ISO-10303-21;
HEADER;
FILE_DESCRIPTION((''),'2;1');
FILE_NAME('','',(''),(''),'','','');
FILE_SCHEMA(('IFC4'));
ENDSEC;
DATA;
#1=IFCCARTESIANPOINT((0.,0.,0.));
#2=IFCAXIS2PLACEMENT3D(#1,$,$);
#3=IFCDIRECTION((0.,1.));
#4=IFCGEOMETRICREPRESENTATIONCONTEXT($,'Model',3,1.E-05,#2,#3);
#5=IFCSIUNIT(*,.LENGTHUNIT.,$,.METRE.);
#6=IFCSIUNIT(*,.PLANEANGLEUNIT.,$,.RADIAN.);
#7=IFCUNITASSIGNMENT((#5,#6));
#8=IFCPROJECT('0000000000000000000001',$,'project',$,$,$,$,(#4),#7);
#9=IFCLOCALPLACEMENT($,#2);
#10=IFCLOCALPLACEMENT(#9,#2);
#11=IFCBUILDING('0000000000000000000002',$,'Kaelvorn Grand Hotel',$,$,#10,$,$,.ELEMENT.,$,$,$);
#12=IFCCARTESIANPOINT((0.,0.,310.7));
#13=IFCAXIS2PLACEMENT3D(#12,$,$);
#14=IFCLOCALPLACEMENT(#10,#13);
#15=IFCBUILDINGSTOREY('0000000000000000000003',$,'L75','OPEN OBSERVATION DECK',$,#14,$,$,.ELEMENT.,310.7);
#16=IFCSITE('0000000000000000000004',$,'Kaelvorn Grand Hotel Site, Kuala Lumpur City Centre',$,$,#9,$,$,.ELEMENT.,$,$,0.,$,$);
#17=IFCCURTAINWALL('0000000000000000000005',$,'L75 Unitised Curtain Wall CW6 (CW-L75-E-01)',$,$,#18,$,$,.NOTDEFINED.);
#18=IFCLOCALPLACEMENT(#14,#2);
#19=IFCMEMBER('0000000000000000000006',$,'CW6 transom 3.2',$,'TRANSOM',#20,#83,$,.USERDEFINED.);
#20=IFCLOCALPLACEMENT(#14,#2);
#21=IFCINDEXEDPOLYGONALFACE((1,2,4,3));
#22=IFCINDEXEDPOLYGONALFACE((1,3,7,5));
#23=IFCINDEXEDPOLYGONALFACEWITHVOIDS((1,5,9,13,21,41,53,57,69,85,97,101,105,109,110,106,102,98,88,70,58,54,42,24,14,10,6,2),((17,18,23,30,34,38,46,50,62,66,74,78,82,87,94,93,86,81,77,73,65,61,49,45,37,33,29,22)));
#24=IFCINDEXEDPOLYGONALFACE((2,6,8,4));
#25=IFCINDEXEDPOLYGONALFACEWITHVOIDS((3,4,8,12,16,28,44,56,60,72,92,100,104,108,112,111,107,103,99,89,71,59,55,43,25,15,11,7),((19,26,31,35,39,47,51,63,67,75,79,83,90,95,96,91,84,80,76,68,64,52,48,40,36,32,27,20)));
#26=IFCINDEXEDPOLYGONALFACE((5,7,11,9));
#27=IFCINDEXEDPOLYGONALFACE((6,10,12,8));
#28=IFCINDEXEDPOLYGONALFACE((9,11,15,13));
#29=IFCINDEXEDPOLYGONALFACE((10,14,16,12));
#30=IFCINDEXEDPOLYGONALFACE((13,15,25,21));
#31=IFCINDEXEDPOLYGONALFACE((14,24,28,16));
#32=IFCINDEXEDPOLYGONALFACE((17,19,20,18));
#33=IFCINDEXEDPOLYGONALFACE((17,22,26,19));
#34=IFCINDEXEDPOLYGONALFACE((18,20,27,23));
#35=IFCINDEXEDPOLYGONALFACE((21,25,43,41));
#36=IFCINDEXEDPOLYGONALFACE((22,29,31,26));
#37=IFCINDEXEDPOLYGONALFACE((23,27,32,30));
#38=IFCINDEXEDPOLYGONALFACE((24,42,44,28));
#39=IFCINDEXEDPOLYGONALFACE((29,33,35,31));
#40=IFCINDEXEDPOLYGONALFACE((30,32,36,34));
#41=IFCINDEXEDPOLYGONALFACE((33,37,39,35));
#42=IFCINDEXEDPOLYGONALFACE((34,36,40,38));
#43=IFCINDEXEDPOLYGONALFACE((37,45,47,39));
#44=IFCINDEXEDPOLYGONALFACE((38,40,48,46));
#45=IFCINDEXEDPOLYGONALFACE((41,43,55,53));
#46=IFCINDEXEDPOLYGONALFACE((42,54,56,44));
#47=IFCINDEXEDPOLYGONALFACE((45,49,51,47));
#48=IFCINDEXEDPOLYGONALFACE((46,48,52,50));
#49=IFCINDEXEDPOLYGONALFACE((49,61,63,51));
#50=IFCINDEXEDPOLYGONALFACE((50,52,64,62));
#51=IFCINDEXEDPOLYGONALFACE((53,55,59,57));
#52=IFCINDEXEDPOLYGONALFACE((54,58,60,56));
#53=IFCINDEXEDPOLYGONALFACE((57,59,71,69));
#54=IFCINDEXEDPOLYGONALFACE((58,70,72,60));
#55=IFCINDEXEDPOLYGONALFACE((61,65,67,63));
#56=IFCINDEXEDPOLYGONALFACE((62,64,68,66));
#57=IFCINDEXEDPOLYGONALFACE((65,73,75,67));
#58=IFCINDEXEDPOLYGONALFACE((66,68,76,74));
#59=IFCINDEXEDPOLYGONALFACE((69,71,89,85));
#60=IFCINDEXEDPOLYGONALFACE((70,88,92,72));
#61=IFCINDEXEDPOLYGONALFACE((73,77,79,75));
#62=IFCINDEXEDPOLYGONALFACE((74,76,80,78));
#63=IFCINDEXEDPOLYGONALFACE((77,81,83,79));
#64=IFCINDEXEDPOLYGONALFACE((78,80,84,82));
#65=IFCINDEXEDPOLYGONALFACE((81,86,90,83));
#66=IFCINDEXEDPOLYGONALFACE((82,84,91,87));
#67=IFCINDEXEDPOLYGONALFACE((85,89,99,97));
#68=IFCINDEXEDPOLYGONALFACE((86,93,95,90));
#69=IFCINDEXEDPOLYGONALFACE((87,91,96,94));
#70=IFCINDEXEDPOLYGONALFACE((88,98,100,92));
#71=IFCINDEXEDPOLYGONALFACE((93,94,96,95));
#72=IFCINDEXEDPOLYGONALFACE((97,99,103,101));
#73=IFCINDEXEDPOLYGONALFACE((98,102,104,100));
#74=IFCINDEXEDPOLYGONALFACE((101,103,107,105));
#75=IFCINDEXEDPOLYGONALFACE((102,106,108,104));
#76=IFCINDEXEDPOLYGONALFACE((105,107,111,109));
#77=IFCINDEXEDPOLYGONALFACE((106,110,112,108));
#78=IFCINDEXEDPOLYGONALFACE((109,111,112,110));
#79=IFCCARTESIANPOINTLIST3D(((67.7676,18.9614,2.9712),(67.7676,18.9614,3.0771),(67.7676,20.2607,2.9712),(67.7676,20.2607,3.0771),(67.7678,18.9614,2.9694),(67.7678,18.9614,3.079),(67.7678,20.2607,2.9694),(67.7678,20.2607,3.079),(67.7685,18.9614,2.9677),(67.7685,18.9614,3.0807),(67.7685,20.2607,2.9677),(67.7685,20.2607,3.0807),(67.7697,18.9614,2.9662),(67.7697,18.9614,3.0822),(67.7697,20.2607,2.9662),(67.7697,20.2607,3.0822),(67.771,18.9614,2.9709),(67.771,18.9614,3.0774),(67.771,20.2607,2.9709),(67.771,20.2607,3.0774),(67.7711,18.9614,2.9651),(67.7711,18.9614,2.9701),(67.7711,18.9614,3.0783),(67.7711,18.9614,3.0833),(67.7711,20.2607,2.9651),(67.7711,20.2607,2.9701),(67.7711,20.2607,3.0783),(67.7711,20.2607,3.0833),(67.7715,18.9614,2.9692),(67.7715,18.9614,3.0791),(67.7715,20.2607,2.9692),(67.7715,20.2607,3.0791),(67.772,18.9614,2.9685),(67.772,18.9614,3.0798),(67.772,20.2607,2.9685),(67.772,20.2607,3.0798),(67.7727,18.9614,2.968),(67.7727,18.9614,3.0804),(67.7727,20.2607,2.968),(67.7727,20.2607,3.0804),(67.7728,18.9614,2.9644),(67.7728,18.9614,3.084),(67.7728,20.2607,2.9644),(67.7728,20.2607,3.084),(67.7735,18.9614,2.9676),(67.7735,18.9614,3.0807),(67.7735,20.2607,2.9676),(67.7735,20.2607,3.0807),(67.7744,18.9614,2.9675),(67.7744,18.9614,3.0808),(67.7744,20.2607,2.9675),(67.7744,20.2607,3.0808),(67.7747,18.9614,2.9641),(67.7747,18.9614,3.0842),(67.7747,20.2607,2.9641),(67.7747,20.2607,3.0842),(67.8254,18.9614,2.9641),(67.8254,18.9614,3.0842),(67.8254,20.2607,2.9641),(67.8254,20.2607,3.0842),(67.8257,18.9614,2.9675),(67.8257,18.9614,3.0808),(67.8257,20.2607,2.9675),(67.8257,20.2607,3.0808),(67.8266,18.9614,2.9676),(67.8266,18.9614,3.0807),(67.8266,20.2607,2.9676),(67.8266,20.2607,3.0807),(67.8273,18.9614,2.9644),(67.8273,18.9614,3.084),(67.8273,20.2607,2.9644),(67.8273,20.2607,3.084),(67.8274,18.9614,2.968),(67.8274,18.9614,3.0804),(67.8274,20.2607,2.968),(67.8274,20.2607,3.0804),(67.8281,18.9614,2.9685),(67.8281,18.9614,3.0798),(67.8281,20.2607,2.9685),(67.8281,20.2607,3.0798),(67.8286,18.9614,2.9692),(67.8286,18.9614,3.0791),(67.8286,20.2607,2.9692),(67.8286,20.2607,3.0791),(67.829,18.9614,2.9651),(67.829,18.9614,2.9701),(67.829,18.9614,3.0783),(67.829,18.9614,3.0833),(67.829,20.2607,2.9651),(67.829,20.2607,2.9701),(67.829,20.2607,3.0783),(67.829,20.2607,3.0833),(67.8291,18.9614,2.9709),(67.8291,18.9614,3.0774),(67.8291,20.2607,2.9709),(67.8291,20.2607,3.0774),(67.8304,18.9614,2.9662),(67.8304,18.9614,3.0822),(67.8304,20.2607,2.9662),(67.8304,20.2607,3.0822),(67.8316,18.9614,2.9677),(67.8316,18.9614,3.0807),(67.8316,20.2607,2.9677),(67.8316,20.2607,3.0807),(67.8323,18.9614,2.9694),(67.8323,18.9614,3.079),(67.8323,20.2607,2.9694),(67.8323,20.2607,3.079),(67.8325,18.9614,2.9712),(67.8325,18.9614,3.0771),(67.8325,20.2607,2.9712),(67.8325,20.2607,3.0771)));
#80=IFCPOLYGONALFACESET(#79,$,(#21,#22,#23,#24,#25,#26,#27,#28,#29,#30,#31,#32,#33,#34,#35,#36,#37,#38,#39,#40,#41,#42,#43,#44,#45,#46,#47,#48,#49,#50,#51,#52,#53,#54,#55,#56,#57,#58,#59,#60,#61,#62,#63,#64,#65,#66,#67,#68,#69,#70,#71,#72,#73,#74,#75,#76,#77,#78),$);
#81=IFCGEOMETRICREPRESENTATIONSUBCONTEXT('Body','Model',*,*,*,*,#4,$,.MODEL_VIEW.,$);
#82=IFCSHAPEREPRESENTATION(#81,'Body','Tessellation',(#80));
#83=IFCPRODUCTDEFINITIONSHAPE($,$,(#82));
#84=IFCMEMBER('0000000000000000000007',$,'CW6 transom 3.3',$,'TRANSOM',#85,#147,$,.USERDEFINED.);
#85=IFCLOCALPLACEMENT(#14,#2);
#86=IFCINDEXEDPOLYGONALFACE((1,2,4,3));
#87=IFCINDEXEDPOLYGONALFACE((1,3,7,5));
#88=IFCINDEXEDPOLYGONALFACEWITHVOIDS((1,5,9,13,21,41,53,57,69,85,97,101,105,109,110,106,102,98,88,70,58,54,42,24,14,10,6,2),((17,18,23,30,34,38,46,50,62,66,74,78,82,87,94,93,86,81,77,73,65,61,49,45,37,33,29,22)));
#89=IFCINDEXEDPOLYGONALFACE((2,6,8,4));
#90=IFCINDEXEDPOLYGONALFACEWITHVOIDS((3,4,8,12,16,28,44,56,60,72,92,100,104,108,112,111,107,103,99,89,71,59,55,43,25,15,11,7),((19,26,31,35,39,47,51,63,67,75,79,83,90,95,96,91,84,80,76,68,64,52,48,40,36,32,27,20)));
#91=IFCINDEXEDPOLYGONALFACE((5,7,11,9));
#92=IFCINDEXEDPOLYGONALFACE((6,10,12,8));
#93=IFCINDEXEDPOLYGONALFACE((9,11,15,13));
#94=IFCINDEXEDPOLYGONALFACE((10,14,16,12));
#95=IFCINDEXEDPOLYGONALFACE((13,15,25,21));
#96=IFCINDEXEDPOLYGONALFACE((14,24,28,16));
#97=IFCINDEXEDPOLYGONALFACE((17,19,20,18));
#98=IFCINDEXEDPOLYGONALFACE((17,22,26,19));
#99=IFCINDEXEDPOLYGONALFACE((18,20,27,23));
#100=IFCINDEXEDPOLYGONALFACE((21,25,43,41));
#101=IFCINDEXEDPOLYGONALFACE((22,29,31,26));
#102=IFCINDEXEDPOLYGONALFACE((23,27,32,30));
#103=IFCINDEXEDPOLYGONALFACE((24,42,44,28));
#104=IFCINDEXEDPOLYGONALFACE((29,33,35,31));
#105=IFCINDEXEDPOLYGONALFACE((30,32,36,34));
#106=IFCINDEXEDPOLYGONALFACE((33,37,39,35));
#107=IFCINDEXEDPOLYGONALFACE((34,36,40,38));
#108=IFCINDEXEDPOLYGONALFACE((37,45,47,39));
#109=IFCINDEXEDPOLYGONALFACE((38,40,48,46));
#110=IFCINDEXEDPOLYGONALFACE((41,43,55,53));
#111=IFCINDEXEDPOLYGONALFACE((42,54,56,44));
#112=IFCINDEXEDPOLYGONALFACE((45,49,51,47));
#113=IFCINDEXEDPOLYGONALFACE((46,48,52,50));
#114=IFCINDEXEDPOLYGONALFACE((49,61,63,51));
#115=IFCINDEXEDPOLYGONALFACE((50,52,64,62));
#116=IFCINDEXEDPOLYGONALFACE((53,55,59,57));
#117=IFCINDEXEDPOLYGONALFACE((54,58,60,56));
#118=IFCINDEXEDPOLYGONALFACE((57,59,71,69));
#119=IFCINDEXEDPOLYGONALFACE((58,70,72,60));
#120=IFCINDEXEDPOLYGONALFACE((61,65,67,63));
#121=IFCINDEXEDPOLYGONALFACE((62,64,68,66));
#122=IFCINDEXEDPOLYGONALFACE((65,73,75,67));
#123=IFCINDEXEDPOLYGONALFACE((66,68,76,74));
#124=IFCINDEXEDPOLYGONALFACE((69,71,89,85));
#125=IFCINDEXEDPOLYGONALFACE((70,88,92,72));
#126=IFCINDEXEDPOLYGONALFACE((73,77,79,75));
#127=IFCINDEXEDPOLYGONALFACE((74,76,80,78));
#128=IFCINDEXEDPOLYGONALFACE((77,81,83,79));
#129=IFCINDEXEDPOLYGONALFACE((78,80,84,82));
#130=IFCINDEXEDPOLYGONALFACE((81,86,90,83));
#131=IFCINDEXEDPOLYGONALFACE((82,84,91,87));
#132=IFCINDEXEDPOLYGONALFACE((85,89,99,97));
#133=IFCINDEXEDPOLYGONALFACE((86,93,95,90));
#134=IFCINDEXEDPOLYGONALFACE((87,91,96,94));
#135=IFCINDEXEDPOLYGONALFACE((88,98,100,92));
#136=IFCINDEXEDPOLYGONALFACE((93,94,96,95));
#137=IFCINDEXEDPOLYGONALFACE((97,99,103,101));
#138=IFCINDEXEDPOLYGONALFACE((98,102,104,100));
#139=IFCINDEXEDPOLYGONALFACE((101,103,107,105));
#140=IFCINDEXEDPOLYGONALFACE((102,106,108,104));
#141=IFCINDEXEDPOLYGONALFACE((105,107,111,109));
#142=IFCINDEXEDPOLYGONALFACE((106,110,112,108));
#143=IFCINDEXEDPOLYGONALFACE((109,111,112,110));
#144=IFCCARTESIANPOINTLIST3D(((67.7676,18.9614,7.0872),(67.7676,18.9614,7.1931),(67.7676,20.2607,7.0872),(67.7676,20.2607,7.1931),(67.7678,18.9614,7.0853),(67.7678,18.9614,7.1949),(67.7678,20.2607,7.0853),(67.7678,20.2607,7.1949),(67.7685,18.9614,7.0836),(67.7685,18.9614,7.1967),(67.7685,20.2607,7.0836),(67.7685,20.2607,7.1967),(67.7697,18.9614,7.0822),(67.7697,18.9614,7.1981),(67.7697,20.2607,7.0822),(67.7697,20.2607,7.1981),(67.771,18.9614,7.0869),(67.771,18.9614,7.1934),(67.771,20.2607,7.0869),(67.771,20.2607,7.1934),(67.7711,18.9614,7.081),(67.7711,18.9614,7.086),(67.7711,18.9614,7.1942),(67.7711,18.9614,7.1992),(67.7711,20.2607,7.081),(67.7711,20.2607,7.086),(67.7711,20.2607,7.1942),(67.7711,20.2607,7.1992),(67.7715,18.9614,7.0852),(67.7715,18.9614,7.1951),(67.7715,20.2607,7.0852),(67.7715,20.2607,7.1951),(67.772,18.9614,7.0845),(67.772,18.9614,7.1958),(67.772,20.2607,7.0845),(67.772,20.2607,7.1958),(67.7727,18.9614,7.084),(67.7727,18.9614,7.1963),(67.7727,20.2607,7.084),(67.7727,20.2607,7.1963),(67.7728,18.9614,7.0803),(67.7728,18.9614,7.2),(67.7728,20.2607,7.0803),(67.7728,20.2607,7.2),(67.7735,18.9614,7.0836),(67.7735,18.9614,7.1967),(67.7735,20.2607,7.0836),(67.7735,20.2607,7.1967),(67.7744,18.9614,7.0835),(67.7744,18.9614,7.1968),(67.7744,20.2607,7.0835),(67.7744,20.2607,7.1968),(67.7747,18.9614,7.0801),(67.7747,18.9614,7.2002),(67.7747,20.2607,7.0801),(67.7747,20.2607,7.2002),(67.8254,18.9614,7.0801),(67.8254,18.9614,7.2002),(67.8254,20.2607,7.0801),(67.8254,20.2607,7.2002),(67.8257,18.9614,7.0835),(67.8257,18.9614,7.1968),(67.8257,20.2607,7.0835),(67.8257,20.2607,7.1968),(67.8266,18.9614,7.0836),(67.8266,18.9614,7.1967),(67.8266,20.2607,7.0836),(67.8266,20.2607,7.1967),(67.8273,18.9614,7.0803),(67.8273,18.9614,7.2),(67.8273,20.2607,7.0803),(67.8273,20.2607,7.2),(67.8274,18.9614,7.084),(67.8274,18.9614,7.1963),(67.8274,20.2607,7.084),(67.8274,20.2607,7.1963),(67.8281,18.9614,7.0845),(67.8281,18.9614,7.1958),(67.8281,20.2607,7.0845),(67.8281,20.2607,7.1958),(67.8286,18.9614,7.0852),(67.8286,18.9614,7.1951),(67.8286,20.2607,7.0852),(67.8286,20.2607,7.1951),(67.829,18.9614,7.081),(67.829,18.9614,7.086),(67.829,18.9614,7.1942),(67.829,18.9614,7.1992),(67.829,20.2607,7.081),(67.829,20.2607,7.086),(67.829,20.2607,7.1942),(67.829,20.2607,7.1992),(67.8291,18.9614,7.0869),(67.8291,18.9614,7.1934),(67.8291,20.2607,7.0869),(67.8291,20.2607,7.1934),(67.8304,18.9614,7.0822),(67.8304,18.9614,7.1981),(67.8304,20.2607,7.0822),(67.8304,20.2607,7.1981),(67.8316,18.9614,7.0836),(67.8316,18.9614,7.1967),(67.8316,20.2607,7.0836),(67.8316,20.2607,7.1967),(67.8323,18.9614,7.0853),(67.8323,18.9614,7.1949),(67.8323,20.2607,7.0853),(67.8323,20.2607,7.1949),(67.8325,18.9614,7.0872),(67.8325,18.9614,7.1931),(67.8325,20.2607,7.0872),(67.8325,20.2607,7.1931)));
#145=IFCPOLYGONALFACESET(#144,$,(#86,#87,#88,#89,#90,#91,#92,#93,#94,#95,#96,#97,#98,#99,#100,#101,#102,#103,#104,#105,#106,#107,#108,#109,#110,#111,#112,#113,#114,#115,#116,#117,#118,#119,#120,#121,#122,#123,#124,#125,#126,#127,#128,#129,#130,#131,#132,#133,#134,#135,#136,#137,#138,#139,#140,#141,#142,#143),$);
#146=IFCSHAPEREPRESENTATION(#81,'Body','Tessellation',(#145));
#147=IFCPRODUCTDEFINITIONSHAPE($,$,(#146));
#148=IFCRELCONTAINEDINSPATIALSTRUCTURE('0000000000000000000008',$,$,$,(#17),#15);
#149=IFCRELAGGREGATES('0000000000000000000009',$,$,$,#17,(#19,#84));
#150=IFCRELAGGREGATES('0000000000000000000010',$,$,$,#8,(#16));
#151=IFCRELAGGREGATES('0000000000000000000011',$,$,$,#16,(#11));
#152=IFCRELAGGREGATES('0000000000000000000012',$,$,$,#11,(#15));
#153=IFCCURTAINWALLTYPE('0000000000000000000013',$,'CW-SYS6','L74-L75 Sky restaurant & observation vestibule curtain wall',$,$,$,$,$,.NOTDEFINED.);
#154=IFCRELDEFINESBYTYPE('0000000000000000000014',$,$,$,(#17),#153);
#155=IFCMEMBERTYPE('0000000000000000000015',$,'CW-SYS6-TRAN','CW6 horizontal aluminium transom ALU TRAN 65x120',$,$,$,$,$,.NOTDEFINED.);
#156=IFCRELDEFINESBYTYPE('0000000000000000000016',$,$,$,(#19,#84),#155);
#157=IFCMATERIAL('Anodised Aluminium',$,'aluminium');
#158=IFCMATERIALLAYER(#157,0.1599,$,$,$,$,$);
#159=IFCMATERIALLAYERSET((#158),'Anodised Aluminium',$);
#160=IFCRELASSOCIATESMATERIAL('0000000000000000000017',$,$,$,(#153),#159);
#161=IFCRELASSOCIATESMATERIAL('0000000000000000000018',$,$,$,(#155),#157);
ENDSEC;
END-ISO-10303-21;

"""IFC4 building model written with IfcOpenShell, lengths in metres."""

from ifc_helpers import new_model, si_unit, direction, frame, origin, origin_2d, place, context, subcontext, project, spatial, hollow_rectangle, extrude, material, layer, layer_set, material_profile, profile_set, type_object, element, aggregate, save


model = new_model("IFC4")

# Units and contexts
model_context = context("Model", 3, precision=1e-05, world=origin(), true_north=direction((0.0, 1.0)))
body_context = subcontext(model_context, "Body", "Model", "MODEL_VIEW")
ifc_project = project(units=[si_unit("LENGTHUNIT", "METRE"), si_unit("PLANEANGLEUNIT", "RADIAN")], contexts=[model_context])

# Site, building, storey
site_placement = place(None, origin())
site = spatial("IfcSite", under=ifc_project, at=site_placement, Name="Kaelvorn Grand Hotel Site, Kuala Lumpur City Centre", CompositionType="ELEMENT", RefElevation=0.0)
building_placement = place(site_placement, origin())
building = spatial("IfcBuilding", under=site, at=building_placement, Name="Kaelvorn Grand Hotel", CompositionType="ELEMENT")
storey_placement = place(building_placement, frame((0.0, 0.0, 310.7)))
storey = spatial("IfcBuildingStorey", under=building, at=storey_placement, Name="L75", Description="OPEN OBSERVATION DECK", CompositionType="ELEMENT", Elevation=310.7)

# Curtain wall, members
ifc_material_1 = material(Name="Anodised Aluminium", Category="aluminium")
ifc_layer_1 = layer(ifc_material_1, 0.1599)
ifc_layer_set_1 = layer_set([ifc_layer_1], Name="Anodised Aluminium")
curtain_wall_type = type_object("IfcCurtainWallType", Name="CW-SYS6", Description="L74-L75 Sky restaurant & observation vestibule curtain wall", PredefinedType="NOTDEFINED", material=ifc_layer_set_1)
curtain_wall_placement = place(storey_placement, origin())
curtain_wall = element("IfcCurtainWall", 1, at=curtain_wall_placement, inside=storey, type_object=curtain_wall_type, Name="L75 Unitised Curtain Wall CW6 (CW-L75-E-01)", PredefinedType="NOTDEFINED")
ifc_material_profile_1 = material_profile(ifc_material_1, hollow_rectangle(XDim=0.0649, YDim=0.1201, WallThickness=0.0034, InnerFilletRadius=0.0034, OuterFilletRadius=0.0071, at=origin_2d()), Name="ALU TRAN 65x120")
ifc_profile_set_1 = profile_set([ifc_material_profile_1], Name="Anodised Aluminium")
member_type_1 = type_object("IfcMemberType", Name="CW-SYS6-TRAN", Description="CW6 horizontal aluminium transom ALU TRAN 65x120", PredefinedType="NOTDEFINED", material=ifc_profile_set_1)
member_1_placement = place(storey_placement, frame((67.8, 18.9614, 3.0242), z_axis=(0.0, 1.0, 0.0), x_axis=(-1.0, 0.0, 0.0)))
member_1 = element("IfcMember", 2, at=member_1_placement, type_object=member_type_1, Name="CW6 transom 3.2", ObjectType="TRANSOM", PredefinedType="USERDEFINED", context=body_context, shape_type="SweptSolid", body=[
    extrude(hollow_rectangle(XDim=0.0649, YDim=0.1201, WallThickness=0.0034, InnerFilletRadius=0.0034, OuterFilletRadius=0.0071, at=origin_2d()), origin(), (0.0, 0.0, 1.0), 1.2993),
])
member_2_placement = place(storey_placement, frame((67.8, 18.9614, 7.1401), z_axis=(0.0, 1.0, 0.0), x_axis=(-1.0, 0.0, 0.0)))
member_2 = element("IfcMember", 3, at=member_2_placement, type_object=member_type_1, Name="CW6 transom 3.3", ObjectType="TRANSOM", PredefinedType="USERDEFINED", context=body_context, shape_type="SweptSolid", body=[
    extrude(hollow_rectangle(XDim=0.0649, YDim=0.1201, WallThickness=0.0034, InnerFilletRadius=0.0034, OuterFilletRadius=0.0071, at=origin_2d()), origin(), (0.0, 0.0, 1.0), 1.2993),
])
aggregate(curtain_wall, [member_1, member_2])

save(model, "model.ifc")
